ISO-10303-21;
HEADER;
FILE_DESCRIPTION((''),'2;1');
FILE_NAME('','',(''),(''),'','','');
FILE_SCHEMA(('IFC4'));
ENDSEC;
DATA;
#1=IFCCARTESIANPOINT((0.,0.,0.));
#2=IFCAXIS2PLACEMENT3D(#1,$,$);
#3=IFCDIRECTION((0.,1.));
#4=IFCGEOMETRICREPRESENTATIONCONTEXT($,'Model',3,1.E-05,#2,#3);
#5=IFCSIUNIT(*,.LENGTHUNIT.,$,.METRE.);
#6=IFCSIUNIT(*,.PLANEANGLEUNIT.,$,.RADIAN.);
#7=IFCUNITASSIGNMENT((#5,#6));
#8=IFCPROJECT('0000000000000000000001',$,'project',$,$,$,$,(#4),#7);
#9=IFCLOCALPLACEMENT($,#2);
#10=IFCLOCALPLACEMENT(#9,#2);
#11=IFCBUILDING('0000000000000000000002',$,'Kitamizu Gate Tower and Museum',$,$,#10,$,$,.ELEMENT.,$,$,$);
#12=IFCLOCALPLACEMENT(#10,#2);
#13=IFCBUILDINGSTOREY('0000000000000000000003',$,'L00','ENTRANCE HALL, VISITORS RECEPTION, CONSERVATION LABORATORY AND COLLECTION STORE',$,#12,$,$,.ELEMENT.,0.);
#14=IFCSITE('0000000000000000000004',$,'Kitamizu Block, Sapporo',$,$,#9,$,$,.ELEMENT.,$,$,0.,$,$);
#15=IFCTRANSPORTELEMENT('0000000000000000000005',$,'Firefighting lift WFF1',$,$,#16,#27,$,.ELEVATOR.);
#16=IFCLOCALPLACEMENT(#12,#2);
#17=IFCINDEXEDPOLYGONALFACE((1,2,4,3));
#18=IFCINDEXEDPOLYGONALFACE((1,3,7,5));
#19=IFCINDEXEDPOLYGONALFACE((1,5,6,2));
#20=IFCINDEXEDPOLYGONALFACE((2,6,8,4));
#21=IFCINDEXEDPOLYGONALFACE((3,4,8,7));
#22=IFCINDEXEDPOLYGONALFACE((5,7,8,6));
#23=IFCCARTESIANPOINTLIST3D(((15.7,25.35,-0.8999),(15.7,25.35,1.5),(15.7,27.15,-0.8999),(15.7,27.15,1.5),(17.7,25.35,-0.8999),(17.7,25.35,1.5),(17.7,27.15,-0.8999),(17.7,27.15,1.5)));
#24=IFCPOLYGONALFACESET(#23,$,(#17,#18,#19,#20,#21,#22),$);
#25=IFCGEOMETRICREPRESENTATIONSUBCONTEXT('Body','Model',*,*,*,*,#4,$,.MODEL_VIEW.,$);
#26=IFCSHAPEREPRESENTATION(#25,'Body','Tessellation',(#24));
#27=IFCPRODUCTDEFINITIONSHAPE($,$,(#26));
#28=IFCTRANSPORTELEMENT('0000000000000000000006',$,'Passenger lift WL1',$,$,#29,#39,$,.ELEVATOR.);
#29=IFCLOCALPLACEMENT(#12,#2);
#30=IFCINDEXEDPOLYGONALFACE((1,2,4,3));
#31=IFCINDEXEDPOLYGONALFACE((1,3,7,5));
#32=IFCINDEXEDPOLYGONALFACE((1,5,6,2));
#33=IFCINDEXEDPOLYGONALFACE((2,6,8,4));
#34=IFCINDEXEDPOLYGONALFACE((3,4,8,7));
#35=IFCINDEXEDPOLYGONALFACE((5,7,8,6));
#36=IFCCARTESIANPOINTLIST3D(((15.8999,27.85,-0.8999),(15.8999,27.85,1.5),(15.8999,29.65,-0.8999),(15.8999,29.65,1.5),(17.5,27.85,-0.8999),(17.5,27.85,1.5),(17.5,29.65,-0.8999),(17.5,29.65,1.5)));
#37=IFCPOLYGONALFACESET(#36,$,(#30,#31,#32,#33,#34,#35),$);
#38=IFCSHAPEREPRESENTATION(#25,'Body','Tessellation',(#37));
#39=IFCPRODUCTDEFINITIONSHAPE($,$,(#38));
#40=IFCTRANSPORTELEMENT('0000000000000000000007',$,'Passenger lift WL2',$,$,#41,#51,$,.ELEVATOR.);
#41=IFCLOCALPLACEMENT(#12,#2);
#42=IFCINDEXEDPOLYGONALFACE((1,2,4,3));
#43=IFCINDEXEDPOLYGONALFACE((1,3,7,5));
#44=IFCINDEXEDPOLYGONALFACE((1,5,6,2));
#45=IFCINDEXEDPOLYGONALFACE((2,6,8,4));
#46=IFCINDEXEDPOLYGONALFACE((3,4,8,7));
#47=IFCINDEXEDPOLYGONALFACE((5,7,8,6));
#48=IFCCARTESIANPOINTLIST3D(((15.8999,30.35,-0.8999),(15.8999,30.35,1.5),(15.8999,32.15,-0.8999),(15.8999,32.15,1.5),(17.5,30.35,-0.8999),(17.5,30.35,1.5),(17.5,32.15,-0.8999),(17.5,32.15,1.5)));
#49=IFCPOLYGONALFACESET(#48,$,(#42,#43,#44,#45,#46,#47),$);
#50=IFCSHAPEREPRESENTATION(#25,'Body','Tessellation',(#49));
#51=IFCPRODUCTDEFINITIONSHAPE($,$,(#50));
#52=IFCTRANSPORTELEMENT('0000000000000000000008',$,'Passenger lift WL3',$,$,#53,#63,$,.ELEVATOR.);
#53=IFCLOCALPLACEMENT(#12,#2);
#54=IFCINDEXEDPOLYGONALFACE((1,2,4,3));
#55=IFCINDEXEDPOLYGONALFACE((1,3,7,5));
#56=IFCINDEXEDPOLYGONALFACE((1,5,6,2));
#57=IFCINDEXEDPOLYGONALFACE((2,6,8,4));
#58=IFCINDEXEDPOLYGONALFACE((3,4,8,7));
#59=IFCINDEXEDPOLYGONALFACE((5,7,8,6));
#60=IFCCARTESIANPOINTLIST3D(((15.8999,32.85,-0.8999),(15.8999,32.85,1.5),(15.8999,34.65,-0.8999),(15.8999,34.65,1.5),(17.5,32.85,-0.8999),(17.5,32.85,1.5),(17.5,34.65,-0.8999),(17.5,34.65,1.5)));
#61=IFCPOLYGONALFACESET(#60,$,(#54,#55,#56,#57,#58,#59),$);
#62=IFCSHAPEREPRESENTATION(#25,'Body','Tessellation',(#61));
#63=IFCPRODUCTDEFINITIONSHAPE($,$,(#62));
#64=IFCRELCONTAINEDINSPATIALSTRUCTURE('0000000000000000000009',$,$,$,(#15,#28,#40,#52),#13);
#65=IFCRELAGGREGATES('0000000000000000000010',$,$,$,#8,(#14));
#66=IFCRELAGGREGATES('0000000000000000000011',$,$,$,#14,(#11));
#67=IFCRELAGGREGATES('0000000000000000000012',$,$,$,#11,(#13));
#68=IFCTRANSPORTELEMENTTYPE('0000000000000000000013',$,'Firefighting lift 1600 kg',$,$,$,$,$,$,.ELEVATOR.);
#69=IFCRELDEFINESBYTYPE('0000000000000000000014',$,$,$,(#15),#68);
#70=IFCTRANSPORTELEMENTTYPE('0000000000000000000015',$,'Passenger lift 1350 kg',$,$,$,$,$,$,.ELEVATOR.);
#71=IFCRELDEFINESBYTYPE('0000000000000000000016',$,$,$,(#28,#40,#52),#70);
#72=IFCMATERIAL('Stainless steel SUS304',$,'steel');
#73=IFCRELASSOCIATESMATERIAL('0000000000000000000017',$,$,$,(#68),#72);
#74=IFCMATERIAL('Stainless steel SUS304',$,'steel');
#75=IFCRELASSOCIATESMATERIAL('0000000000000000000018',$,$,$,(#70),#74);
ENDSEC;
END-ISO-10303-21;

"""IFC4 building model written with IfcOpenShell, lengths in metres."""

from ifc_helpers import new_model, si_unit, direction, frame, origin, origin_2d, place, context, subcontext, project, spatial, rectangle, extrude, material, type_object, element, save


model = new_model("IFC4")

# Units and contexts
model_context = context("Model", 3, precision=1e-05, world=origin(), true_north=direction((0.0, 1.0)))
body_context = subcontext(model_context, "Body", "Model", "MODEL_VIEW")
ifc_project = project(units=[si_unit("LENGTHUNIT", "METRE"), si_unit("PLANEANGLEUNIT", "RADIAN")], contexts=[model_context])

# Site, building, storey
site_placement = place(None, origin())
site = spatial("IfcSite", under=ifc_project, at=site_placement, Name="Kitamizu Block, Sapporo", CompositionType="ELEMENT", RefElevation=0.0)
building_placement = place(site_placement, origin())
building = spatial("IfcBuilding", under=site, at=building_placement, Name="Kitamizu Gate Tower and Museum", CompositionType="ELEMENT")
storey_placement = place(building_placement, origin())
storey = spatial("IfcBuildingStorey", under=building, at=storey_placement, Name="L00", Description="ENTRANCE HALL, VISITORS RECEPTION, CONSERVATION LABORATORY AND COLLECTION STORE", CompositionType="ELEMENT", Elevation=0.0)

# Transport elements
ifc_material_1 = material(Name="Stainless steel SUS304", Category="steel")
transport_element_type_1 = type_object("IfcTransportElementType", Name="Firefighting lift 1600 kg", PredefinedType="ELEVATOR", material=ifc_material_1)
transport_element_placement = place(storey_placement, frame((16.7, 26.25, -0.8999), z_axis=(0.0, 0.0, 1.0), x_axis=(1.0, 0.0, 0.0)))
element("IfcTransportElement", 1, at=transport_element_placement, inside=storey, type_object=transport_element_type_1, Name="Firefighting lift WFF1", PredefinedType="ELEVATOR", context=body_context, shape_type="SweptSolid", body=[
    extrude(rectangle(XDim=2.0, YDim=1.8, at=origin_2d()), origin(), (0.0, 0.0, 1.0), 2.3999),
])
ifc_material_2 = material(Name="Stainless steel SUS304", Category="steel")
transport_element_type_2 = type_object("IfcTransportElementType", Name="Passenger lift 1350 kg", PredefinedType="ELEVATOR", material=ifc_material_2)
for number, where, z_axis, x_axis, name in (
    (2, (16.7, 28.75, -0.8999), (0.0, 0.0, 1.0), (1.0, 0.0, 0.0), "Passenger lift WL1"),
    (3, (16.7, 31.25, -0.8999), (0.0, 0.0, 1.0), (1.0, 0.0, 0.0), "Passenger lift WL2"),
    (4, (16.7, 33.75, -0.8999), (0.0, 0.0, 1.0), (1.0, 0.0, 0.0), "Passenger lift WL3"),
):
    element("IfcTransportElement", number, at=place(storey_placement, frame(where, z_axis=z_axis, x_axis=x_axis)), inside=storey, type_object=transport_element_type_2, Name=name, PredefinedType="ELEVATOR", context=body_context, shape_type="SweptSolid", body=[
        extrude(rectangle(XDim=1.6001, YDim=1.8, at=origin_2d()), origin(), (0.0, 0.0, 1.0), 2.3999),
    ])

save(model, "model.ifc")
